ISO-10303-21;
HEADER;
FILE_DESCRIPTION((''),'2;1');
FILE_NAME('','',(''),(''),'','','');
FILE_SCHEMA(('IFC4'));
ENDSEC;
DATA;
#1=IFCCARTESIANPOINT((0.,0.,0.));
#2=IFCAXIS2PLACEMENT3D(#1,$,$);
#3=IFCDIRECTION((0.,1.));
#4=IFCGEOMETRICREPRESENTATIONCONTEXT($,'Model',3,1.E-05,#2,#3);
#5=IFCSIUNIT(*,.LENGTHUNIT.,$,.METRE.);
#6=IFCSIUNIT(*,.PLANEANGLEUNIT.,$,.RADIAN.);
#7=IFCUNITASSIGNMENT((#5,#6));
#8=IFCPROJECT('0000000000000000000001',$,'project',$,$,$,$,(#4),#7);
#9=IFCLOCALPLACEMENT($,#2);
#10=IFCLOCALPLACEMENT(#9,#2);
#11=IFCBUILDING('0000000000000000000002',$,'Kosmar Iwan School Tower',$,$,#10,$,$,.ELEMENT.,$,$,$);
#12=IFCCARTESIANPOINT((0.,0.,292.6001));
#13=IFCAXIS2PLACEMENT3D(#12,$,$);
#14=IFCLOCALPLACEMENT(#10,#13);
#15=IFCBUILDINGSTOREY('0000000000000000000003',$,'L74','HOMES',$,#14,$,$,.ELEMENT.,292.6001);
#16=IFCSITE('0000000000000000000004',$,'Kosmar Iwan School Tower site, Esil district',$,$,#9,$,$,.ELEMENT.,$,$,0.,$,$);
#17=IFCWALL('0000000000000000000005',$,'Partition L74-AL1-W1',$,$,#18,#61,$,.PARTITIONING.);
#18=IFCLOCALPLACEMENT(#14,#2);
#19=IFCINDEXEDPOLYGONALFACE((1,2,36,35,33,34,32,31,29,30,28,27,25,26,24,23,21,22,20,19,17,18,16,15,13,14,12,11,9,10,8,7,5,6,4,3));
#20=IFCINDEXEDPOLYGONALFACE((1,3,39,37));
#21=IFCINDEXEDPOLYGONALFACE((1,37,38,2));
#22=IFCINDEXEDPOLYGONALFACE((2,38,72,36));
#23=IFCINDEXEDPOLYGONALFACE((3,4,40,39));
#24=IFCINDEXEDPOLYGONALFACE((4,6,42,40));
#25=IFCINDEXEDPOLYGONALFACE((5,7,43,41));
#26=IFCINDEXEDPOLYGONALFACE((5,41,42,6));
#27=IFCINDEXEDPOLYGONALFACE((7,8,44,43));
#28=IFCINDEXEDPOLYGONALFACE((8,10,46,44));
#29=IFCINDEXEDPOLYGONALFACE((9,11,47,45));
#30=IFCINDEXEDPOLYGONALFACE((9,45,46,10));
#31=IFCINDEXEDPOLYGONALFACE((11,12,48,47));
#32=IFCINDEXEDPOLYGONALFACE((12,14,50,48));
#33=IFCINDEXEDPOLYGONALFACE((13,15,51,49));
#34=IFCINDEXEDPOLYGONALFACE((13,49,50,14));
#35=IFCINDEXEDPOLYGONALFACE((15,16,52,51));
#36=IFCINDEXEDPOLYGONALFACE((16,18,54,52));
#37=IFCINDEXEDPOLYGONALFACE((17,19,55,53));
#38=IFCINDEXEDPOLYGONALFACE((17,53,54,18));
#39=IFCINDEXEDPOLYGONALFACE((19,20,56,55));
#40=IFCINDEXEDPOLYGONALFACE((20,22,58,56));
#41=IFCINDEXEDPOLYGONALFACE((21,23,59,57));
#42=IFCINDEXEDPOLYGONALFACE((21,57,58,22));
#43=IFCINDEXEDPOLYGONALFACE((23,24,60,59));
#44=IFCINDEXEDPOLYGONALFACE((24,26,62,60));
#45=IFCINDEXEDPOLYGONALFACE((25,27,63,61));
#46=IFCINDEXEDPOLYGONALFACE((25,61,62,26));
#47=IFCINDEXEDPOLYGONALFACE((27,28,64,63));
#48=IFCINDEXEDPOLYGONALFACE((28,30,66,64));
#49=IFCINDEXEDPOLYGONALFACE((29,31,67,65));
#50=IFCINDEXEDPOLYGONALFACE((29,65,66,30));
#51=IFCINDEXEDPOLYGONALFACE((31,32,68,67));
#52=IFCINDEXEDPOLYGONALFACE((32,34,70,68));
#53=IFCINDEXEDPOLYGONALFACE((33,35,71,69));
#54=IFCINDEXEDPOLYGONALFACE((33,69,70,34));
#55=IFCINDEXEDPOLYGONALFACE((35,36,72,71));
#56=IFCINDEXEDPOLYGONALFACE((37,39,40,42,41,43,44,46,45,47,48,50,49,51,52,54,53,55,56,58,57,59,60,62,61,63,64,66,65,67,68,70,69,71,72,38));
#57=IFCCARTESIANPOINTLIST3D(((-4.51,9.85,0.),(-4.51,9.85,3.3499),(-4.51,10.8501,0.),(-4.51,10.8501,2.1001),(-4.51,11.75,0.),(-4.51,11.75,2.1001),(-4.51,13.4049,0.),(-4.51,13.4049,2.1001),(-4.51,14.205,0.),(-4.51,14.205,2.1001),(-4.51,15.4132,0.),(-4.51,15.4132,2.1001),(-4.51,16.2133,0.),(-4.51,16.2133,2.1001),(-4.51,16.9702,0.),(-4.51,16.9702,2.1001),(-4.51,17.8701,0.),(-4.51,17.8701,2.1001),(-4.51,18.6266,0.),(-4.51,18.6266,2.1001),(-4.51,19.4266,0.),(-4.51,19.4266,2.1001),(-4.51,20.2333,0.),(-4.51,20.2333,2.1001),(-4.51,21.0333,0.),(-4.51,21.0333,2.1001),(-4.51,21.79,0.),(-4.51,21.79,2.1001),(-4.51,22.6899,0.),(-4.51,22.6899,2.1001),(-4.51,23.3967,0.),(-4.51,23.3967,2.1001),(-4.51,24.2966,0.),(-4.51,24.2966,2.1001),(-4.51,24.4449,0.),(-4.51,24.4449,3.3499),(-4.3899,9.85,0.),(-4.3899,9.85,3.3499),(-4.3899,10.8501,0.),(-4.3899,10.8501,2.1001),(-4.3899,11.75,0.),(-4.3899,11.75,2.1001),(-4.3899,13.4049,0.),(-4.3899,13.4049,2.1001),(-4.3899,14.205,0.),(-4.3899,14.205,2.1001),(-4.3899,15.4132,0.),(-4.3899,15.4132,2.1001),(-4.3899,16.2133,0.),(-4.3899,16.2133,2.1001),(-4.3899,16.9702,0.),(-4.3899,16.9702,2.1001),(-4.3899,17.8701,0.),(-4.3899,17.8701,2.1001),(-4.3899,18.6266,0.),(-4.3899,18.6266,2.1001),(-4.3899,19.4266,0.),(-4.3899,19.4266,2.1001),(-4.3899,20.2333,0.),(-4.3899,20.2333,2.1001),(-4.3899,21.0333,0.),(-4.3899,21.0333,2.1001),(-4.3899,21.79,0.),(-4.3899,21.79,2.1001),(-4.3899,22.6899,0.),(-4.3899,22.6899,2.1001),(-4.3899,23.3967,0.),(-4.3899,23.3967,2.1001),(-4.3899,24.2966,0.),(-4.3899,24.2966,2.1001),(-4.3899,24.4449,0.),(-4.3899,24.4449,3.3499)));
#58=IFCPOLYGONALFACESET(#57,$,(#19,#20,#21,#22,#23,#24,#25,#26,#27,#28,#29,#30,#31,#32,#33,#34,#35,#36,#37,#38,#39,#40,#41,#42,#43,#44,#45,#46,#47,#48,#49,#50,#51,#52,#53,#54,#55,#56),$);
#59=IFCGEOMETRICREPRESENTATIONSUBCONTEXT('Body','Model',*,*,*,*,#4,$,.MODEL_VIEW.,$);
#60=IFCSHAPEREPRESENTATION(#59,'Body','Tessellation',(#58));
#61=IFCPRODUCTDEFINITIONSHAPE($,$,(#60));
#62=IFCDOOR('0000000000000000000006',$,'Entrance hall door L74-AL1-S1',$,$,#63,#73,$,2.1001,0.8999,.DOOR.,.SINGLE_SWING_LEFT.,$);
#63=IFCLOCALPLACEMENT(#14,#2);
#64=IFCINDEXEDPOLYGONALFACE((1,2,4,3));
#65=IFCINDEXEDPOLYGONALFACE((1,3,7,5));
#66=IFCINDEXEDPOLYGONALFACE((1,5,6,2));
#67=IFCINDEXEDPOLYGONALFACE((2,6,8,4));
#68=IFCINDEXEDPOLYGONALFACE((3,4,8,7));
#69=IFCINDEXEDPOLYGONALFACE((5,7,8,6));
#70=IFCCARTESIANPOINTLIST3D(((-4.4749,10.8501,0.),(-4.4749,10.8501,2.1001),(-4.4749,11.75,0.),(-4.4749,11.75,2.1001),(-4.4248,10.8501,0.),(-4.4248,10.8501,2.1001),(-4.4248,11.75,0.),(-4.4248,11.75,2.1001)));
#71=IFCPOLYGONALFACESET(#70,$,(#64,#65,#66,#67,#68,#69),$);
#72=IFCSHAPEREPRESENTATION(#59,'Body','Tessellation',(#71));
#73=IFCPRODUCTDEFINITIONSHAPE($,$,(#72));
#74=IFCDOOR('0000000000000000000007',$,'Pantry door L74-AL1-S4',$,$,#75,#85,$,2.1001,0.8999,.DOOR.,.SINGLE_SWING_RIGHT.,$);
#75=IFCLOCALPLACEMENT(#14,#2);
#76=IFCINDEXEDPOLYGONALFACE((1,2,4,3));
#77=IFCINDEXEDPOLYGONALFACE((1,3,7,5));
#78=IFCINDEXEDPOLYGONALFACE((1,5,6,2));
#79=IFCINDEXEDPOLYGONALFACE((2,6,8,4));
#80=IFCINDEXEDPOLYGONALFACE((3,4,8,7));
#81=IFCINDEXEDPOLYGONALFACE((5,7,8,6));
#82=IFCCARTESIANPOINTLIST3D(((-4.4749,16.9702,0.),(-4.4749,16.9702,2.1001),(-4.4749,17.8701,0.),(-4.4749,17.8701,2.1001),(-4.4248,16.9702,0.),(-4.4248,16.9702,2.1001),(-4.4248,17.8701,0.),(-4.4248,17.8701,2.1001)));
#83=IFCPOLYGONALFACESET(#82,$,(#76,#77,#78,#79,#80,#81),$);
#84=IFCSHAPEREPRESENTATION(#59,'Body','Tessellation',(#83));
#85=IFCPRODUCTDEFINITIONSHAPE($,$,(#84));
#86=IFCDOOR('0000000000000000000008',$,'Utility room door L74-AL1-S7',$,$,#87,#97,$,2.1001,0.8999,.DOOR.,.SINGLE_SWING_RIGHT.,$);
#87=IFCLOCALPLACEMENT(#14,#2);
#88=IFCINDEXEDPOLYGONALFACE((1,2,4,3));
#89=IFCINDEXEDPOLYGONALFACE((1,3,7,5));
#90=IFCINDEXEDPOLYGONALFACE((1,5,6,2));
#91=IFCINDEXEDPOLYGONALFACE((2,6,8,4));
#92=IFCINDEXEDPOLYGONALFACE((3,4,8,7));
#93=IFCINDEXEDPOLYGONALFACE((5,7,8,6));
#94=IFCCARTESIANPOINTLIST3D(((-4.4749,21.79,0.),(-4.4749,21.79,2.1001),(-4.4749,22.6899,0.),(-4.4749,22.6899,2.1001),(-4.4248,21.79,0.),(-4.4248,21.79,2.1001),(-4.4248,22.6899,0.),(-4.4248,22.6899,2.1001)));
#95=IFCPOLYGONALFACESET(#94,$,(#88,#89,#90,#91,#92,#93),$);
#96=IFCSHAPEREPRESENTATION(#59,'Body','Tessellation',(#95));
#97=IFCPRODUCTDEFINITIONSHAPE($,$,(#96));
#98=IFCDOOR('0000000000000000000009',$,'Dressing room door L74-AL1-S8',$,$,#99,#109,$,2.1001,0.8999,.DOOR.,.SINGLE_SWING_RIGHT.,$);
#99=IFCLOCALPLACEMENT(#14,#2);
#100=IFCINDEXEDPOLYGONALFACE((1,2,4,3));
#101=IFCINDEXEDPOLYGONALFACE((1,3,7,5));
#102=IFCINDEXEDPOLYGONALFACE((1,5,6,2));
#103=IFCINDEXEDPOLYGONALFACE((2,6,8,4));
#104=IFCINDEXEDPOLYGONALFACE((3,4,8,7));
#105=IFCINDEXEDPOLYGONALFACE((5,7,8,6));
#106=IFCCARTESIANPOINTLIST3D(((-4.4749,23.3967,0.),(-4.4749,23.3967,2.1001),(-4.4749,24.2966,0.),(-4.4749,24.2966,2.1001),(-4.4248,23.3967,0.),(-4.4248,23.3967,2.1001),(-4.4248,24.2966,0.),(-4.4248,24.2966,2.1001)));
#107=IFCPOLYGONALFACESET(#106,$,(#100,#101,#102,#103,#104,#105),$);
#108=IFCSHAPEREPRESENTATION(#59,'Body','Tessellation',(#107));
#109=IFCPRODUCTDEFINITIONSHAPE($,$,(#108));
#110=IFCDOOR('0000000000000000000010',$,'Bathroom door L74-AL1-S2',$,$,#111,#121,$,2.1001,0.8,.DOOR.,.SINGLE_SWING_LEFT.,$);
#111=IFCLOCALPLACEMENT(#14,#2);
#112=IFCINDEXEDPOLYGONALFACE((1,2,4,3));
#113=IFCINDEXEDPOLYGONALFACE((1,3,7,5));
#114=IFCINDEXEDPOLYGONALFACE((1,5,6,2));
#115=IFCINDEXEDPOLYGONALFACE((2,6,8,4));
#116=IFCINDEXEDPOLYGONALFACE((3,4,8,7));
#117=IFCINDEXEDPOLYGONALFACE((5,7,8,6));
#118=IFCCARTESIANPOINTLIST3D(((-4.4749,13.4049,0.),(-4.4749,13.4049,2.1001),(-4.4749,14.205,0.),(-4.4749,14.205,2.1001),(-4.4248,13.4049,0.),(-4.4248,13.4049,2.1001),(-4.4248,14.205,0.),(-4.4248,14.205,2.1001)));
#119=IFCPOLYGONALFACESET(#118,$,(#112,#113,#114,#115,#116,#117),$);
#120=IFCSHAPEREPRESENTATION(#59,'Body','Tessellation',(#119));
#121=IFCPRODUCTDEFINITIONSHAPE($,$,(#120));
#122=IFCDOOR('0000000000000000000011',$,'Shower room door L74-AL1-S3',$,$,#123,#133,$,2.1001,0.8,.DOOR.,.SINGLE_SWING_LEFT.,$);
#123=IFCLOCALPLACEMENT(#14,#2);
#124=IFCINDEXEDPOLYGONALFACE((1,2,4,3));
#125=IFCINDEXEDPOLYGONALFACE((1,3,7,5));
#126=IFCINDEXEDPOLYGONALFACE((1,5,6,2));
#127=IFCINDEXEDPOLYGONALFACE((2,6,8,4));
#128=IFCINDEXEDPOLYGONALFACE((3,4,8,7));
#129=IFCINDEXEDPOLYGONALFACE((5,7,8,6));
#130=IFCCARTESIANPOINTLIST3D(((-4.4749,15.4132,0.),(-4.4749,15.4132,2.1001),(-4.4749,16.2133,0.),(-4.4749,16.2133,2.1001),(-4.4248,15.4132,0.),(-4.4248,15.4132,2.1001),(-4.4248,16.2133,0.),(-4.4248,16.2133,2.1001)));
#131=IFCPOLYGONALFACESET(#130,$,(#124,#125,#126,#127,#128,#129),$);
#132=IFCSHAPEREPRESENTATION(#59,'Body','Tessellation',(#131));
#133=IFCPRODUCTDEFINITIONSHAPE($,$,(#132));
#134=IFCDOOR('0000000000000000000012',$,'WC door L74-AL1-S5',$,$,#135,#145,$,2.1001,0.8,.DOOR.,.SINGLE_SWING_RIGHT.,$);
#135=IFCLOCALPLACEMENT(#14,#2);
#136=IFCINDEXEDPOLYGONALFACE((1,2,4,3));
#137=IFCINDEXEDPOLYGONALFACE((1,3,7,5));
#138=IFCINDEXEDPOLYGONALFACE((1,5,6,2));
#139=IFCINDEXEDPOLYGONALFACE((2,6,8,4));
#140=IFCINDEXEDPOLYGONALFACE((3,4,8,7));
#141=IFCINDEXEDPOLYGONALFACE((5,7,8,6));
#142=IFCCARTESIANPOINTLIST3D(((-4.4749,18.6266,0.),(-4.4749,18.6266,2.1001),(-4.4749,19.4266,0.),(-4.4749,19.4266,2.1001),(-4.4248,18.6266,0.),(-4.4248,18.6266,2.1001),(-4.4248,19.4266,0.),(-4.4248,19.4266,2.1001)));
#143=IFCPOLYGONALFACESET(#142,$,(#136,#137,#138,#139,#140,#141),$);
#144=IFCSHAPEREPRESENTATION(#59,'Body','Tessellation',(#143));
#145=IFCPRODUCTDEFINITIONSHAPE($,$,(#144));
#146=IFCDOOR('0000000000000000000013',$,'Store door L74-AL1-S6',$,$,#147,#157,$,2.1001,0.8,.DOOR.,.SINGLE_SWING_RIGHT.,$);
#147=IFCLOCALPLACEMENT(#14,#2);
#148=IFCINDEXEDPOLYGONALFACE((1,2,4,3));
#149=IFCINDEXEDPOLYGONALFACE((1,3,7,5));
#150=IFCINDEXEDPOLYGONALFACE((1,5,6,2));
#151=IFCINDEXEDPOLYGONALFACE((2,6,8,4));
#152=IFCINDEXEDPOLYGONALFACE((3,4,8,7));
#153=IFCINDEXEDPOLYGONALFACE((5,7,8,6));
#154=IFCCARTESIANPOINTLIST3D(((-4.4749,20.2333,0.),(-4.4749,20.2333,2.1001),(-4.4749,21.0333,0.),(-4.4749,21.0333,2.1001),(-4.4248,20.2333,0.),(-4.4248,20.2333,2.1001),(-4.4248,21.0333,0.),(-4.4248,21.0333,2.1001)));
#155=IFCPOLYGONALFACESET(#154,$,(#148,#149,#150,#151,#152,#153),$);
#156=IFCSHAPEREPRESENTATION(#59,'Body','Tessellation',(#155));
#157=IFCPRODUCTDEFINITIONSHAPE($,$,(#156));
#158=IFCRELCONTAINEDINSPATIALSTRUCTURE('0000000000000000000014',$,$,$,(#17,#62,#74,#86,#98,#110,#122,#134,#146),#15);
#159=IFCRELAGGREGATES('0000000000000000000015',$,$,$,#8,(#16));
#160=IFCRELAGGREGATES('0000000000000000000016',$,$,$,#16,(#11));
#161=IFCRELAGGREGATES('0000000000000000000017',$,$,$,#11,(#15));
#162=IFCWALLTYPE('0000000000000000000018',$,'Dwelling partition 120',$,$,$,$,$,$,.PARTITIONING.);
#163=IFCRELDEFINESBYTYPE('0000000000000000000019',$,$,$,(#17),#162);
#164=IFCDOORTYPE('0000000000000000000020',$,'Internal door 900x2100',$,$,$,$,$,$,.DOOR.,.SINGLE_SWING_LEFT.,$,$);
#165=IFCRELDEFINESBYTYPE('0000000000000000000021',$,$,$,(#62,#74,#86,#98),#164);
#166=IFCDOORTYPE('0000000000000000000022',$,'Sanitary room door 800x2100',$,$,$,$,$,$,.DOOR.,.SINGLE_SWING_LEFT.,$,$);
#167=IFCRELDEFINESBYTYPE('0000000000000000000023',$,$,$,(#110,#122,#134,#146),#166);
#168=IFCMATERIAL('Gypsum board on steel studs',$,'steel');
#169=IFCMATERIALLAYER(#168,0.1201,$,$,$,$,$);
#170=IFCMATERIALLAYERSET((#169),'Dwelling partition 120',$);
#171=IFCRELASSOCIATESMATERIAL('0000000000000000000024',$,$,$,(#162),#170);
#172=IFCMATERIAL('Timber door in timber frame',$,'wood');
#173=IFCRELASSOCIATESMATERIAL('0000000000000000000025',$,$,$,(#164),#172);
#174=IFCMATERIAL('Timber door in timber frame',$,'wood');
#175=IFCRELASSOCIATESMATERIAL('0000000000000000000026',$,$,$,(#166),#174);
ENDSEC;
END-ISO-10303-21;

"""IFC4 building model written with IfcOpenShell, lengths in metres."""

from ifc_helpers import new_model, si_unit, direction, frame, frame_2d, origin, place, context, subcontext, project, spatial, rectangle, extrude, material, layer, layer_set, type_object, element, fill, save


model = new_model("IFC4")

# Units and contexts
model_context = context("Model", 3, precision=1e-05, world=origin(), true_north=direction((0.0, 1.0)))
body_context = subcontext(model_context, "Body", "Model", "MODEL_VIEW")
ifc_project = project(units=[si_unit("LENGTHUNIT", "METRE"), si_unit("PLANEANGLEUNIT", "RADIAN")], contexts=[model_context])

# Site, building, storey
site_placement = place(None, origin())
site = spatial("IfcSite", under=ifc_project, at=site_placement, Name="Kosmar Iwan School Tower site, Esil district", CompositionType="ELEMENT", RefElevation=0.0)
building_placement = place(site_placement, origin())
building = spatial("IfcBuilding", under=site, at=building_placement, Name="Kosmar Iwan School Tower", CompositionType="ELEMENT")
storey_placement = place(building_placement, frame((0.0, 0.0, 292.6001)))
storey = spatial("IfcBuildingStorey", under=building, at=storey_placement, Name="L74", Description="HOMES", CompositionType="ELEMENT", Elevation=292.6001)

# Wall, openings, doors
ifc_material_1 = material(Name="Gypsum board on steel studs", Category="steel")
ifc_layer_1 = layer(ifc_material_1, 0.1201)
ifc_layer_set_1 = layer_set([ifc_layer_1], Name="Dwelling partition 120")
wall_type_1 = type_object("IfcWallType", Name="Dwelling partition 120", PredefinedType="PARTITIONING", material=ifc_layer_set_1)
wall_1_placement = place(storey_placement, frame((-4.45, 9.8501, 0.0), z_axis=(0.0, 0.0, 1.0), x_axis=(0.0, 1.0, 0.0)))
wall_1 = element("IfcWall", 1, at=wall_1_placement, inside=storey, type_object=wall_type_1, Name="Partition L74-AL1-W1", PredefinedType="PARTITIONING", context=body_context, shape_type="SweptSolid", body=[
    extrude(rectangle(XDim=14.595, YDim=0.1201, at=frame_2d((7.2974, 0.0))), origin(), (0.0, 0.0, 1.0), 3.3499),
])
opening_1_placement = place(wall_1_placement, frame((1.0, 0.0, 0.0)))
opening_1 = element("IfcOpeningElement", 2, at=opening_1_placement, cuts=wall_1, PredefinedType="OPENING", context=body_context, shape_type="SweptSolid", body=[
    extrude(rectangle(XDim=0.8999, YDim=2.1001, at=frame_2d((0.45, 1.05))), frame((0.0, 0.072, 0.0), z_axis=(0.0, -1.0, 0.0), x_axis=(1.0, 0.0, 0.0)), (0.0, 0.0, 1.0), 0.144),
])
opening_2_placement = place(wall_1_placement, frame((3.5549, 0.0, 0.0)))
opening_2 = element("IfcOpeningElement", 3, at=opening_2_placement, cuts=wall_1, PredefinedType="OPENING", context=body_context, shape_type="SweptSolid", body=[
    extrude(rectangle(XDim=0.8, YDim=2.1001, at=frame_2d((0.3999, 1.05))), frame((0.0, 0.072, 0.0), z_axis=(0.0, -1.0, 0.0), x_axis=(1.0, 0.0, 0.0)), (0.0, 0.0, 1.0), 0.144),
])
opening_3_placement = place(wall_1_placement, frame((5.5632, 0.0, 0.0)))
opening_3 = element("IfcOpeningElement", 4, at=opening_3_placement, cuts=wall_1, PredefinedType="OPENING", context=body_context, shape_type="SweptSolid", body=[
    extrude(rectangle(XDim=0.8, YDim=2.1001, at=frame_2d((0.3999, 1.05))), frame((0.0, 0.072, 0.0), z_axis=(0.0, -1.0, 0.0), x_axis=(1.0, 0.0, 0.0)), (0.0, 0.0, 1.0), 0.144),
])
opening_4_placement = place(wall_1_placement, frame((7.1201, 0.0, 0.0)))
opening_4 = element("IfcOpeningElement", 5, at=opening_4_placement, cuts=wall_1, PredefinedType="OPENING", context=body_context, shape_type="SweptSolid", body=[
    extrude(rectangle(XDim=0.8999, YDim=2.1001, at=frame_2d((0.45, 1.05))), frame((0.0, 0.072, 0.0), z_axis=(0.0, -1.0, 0.0), x_axis=(1.0, 0.0, 0.0)), (0.0, 0.0, 1.0), 0.144),
])
opening_5_placement = place(wall_1_placement, frame((8.7766, 0.0, 0.0)))
opening_5 = element("IfcOpeningElement", 6, at=opening_5_placement, cuts=wall_1, PredefinedType="OPENING", context=body_context, shape_type="SweptSolid", body=[
    extrude(rectangle(XDim=0.8, YDim=2.1001, at=frame_2d((0.3999, 1.05))), frame((0.0, 0.072, 0.0), z_axis=(0.0, -1.0, 0.0), x_axis=(1.0, 0.0, 0.0)), (0.0, 0.0, 1.0), 0.144),
])
opening_6_placement = place(wall_1_placement, frame((10.3833, 0.0, 0.0)))
opening_6 = element("IfcOpeningElement", 7, at=opening_6_placement, cuts=wall_1, PredefinedType="OPENING", context=body_context, shape_type="SweptSolid", body=[
    extrude(rectangle(XDim=0.8, YDim=2.1001, at=frame_2d((0.3999, 1.05))), frame((0.0, 0.072, 0.0), z_axis=(0.0, -1.0, 0.0), x_axis=(1.0, 0.0, 0.0)), (0.0, 0.0, 1.0), 0.144),
])
opening_7_placement = place(wall_1_placement, frame((11.9399, 0.0, 0.0)))
opening_7 = element("IfcOpeningElement", 8, at=opening_7_placement, cuts=wall_1, PredefinedType="OPENING", context=body_context, shape_type="SweptSolid", body=[
    extrude(rectangle(XDim=0.8999, YDim=2.1001, at=frame_2d((0.45, 1.05))), frame((0.0, 0.072, 0.0), z_axis=(0.0, -1.0, 0.0), x_axis=(1.0, 0.0, 0.0)), (0.0, 0.0, 1.0), 0.144),
])
opening_8_placement = place(wall_1_placement, frame((13.5466, 0.0, 0.0)))
opening_8 = element("IfcOpeningElement", 9, at=opening_8_placement, cuts=wall_1, PredefinedType="OPENING", context=body_context, shape_type="SweptSolid", body=[
    extrude(rectangle(XDim=0.8999, YDim=2.1001, at=frame_2d((0.45, 1.05))), frame((0.0, 0.072, 0.0), z_axis=(0.0, -1.0, 0.0), x_axis=(1.0, 0.0, 0.0)), (0.0, 0.0, 1.0), 0.144),
])
ifc_material_2 = material(Name="Timber door in timber frame", Category="wood")
door_type_1 = type_object("IfcDoorType", Name="Internal door 900x2100", OperationType="SINGLE_SWING_LEFT", PredefinedType="DOOR", material=ifc_material_2)
door_1_placement = place(opening_1_placement, origin())
door_1 = element("IfcDoor", 10, at=door_1_placement, inside=storey, type_object=door_type_1, Name="Entrance hall door L74-AL1-S1", OperationType="SINGLE_SWING_LEFT", OverallHeight=2.1001, OverallWidth=0.8999, PredefinedType="DOOR", context=body_context, shape_type="SweptSolid", body=[
    extrude(rectangle(XDim=0.8999, YDim=2.1001, at=frame_2d((0.45, 1.05))), frame((0.0, 0.0249, 0.0), z_axis=(0.0, -1.0, 0.0), x_axis=(1.0, 0.0, 0.0)), (0.0, 0.0, 1.0), 0.05),
])
fill(opening_1, door_1)
door_2_placement = place(opening_4_placement, origin())
door_2 = element("IfcDoor", 11, at=door_2_placement, inside=storey, type_object=door_type_1, Name="Pantry door L74-AL1-S4", OperationType="SINGLE_SWING_RIGHT", OverallHeight=2.1001, OverallWidth=0.8999, PredefinedType="DOOR", context=body_context, shape_type="SweptSolid", body=[
    extrude(rectangle(XDim=0.8999, YDim=2.1001, at=frame_2d((0.45, 1.05))), frame((0.0, 0.0249, 0.0), z_axis=(0.0, -1.0, 0.0), x_axis=(1.0, 0.0, 0.0)), (0.0, 0.0, 1.0), 0.05),
])
fill(opening_4, door_2)
door_3_placement = place(opening_7_placement, origin())
door_3 = element("IfcDoor", 12, at=door_3_placement, inside=storey, type_object=door_type_1, Name="Utility room door L74-AL1-S7", OperationType="SINGLE_SWING_RIGHT", OverallHeight=2.1001, OverallWidth=0.8999, PredefinedType="DOOR", context=body_context, shape_type="SweptSolid", body=[
    extrude(rectangle(XDim=0.8999, YDim=2.1001, at=frame_2d((0.45, 1.05))), frame((0.0, 0.0249, 0.0), z_axis=(0.0, -1.0, 0.0), x_axis=(1.0, 0.0, 0.0)), (0.0, 0.0, 1.0), 0.05),
])
fill(opening_7, door_3)
door_4_placement = place(opening_8_placement, origin())
door_4 = element("IfcDoor", 13, at=door_4_placement, inside=storey, type_object=door_type_1, Name="Dressing room door L74-AL1-S8", OperationType="SINGLE_SWING_RIGHT", OverallHeight=2.1001, OverallWidth=0.8999, PredefinedType="DOOR", context=body_context, shape_type="SweptSolid", body=[
    extrude(rectangle(XDim=0.8999, YDim=2.1001, at=frame_2d((0.45, 1.05))), frame((0.0, 0.0249, 0.0), z_axis=(0.0, -1.0, 0.0), x_axis=(1.0, 0.0, 0.0)), (0.0, 0.0, 1.0), 0.05),
])
fill(opening_8, door_4)
ifc_material_3 = material(Name="Timber door in timber frame", Category="wood")
door_type_2 = type_object("IfcDoorType", Name="Sanitary room door 800x2100", OperationType="SINGLE_SWING_LEFT", PredefinedType="DOOR", material=ifc_material_3)
door_5_placement = place(opening_2_placement, origin())
door_5 = element("IfcDoor", 14, at=door_5_placement, inside=storey, type_object=door_type_2, Name="Bathroom door L74-AL1-S2", OperationType="SINGLE_SWING_LEFT", OverallHeight=2.1001, OverallWidth=0.8, PredefinedType="DOOR", context=body_context, shape_type="SweptSolid", body=[
    extrude(rectangle(XDim=0.8, YDim=2.1001, at=frame_2d((0.3999, 1.05))), frame((0.0, 0.0249, 0.0), z_axis=(0.0, -1.0, 0.0), x_axis=(1.0, 0.0, 0.0)), (0.0, 0.0, 1.0), 0.05),
])
fill(opening_2, door_5)
door_6_placement = place(opening_3_placement, origin())
door_6 = element("IfcDoor", 15, at=door_6_placement, inside=storey, type_object=door_type_2, Name="Shower room door L74-AL1-S3", OperationType="SINGLE_SWING_LEFT", OverallHeight=2.1001, OverallWidth=0.8, PredefinedType="DOOR", context=body_context, shape_type="SweptSolid", body=[
    extrude(rectangle(XDim=0.8, YDim=2.1001, at=frame_2d((0.3999, 1.05))), frame((0.0, 0.0249, 0.0), z_axis=(0.0, -1.0, 0.0), x_axis=(1.0, 0.0, 0.0)), (0.0, 0.0, 1.0), 0.05),
])
fill(opening_3, door_6)
door_7_placement = place(opening_5_placement, origin())
door_7 = element("IfcDoor", 16, at=door_7_placement, inside=storey, type_object=door_type_2, Name="WC door L74-AL1-S5", OperationType="SINGLE_SWING_RIGHT", OverallHeight=2.1001, OverallWidth=0.8, PredefinedType="DOOR", context=body_context, shape_type="SweptSolid", body=[
    extrude(rectangle(XDim=0.8, YDim=2.1001, at=frame_2d((0.3999, 1.05))), frame((0.0, 0.0249, 0.0), z_axis=(0.0, -1.0, 0.0), x_axis=(1.0, 0.0, 0.0)), (0.0, 0.0, 1.0), 0.05),
])
fill(opening_5, door_7)
door_8_placement = place(opening_6_placement, origin())
door_8 = element("IfcDoor", 17, at=door_8_placement, inside=storey, type_object=door_type_2, Name="Store door L74-AL1-S6", OperationType="SINGLE_SWING_RIGHT", OverallHeight=2.1001, OverallWidth=0.8, PredefinedType="DOOR", context=body_context, shape_type="SweptSolid", body=[
    extrude(rectangle(XDim=0.8, YDim=2.1001, at=frame_2d((0.3999, 1.05))), frame((0.0, 0.0249, 0.0), z_axis=(0.0, -1.0, 0.0), x_axis=(1.0, 0.0, 0.0)), (0.0, 0.0, 1.0), 0.05),
])
fill(opening_6, door_8)

save(model, "model.ifc")
